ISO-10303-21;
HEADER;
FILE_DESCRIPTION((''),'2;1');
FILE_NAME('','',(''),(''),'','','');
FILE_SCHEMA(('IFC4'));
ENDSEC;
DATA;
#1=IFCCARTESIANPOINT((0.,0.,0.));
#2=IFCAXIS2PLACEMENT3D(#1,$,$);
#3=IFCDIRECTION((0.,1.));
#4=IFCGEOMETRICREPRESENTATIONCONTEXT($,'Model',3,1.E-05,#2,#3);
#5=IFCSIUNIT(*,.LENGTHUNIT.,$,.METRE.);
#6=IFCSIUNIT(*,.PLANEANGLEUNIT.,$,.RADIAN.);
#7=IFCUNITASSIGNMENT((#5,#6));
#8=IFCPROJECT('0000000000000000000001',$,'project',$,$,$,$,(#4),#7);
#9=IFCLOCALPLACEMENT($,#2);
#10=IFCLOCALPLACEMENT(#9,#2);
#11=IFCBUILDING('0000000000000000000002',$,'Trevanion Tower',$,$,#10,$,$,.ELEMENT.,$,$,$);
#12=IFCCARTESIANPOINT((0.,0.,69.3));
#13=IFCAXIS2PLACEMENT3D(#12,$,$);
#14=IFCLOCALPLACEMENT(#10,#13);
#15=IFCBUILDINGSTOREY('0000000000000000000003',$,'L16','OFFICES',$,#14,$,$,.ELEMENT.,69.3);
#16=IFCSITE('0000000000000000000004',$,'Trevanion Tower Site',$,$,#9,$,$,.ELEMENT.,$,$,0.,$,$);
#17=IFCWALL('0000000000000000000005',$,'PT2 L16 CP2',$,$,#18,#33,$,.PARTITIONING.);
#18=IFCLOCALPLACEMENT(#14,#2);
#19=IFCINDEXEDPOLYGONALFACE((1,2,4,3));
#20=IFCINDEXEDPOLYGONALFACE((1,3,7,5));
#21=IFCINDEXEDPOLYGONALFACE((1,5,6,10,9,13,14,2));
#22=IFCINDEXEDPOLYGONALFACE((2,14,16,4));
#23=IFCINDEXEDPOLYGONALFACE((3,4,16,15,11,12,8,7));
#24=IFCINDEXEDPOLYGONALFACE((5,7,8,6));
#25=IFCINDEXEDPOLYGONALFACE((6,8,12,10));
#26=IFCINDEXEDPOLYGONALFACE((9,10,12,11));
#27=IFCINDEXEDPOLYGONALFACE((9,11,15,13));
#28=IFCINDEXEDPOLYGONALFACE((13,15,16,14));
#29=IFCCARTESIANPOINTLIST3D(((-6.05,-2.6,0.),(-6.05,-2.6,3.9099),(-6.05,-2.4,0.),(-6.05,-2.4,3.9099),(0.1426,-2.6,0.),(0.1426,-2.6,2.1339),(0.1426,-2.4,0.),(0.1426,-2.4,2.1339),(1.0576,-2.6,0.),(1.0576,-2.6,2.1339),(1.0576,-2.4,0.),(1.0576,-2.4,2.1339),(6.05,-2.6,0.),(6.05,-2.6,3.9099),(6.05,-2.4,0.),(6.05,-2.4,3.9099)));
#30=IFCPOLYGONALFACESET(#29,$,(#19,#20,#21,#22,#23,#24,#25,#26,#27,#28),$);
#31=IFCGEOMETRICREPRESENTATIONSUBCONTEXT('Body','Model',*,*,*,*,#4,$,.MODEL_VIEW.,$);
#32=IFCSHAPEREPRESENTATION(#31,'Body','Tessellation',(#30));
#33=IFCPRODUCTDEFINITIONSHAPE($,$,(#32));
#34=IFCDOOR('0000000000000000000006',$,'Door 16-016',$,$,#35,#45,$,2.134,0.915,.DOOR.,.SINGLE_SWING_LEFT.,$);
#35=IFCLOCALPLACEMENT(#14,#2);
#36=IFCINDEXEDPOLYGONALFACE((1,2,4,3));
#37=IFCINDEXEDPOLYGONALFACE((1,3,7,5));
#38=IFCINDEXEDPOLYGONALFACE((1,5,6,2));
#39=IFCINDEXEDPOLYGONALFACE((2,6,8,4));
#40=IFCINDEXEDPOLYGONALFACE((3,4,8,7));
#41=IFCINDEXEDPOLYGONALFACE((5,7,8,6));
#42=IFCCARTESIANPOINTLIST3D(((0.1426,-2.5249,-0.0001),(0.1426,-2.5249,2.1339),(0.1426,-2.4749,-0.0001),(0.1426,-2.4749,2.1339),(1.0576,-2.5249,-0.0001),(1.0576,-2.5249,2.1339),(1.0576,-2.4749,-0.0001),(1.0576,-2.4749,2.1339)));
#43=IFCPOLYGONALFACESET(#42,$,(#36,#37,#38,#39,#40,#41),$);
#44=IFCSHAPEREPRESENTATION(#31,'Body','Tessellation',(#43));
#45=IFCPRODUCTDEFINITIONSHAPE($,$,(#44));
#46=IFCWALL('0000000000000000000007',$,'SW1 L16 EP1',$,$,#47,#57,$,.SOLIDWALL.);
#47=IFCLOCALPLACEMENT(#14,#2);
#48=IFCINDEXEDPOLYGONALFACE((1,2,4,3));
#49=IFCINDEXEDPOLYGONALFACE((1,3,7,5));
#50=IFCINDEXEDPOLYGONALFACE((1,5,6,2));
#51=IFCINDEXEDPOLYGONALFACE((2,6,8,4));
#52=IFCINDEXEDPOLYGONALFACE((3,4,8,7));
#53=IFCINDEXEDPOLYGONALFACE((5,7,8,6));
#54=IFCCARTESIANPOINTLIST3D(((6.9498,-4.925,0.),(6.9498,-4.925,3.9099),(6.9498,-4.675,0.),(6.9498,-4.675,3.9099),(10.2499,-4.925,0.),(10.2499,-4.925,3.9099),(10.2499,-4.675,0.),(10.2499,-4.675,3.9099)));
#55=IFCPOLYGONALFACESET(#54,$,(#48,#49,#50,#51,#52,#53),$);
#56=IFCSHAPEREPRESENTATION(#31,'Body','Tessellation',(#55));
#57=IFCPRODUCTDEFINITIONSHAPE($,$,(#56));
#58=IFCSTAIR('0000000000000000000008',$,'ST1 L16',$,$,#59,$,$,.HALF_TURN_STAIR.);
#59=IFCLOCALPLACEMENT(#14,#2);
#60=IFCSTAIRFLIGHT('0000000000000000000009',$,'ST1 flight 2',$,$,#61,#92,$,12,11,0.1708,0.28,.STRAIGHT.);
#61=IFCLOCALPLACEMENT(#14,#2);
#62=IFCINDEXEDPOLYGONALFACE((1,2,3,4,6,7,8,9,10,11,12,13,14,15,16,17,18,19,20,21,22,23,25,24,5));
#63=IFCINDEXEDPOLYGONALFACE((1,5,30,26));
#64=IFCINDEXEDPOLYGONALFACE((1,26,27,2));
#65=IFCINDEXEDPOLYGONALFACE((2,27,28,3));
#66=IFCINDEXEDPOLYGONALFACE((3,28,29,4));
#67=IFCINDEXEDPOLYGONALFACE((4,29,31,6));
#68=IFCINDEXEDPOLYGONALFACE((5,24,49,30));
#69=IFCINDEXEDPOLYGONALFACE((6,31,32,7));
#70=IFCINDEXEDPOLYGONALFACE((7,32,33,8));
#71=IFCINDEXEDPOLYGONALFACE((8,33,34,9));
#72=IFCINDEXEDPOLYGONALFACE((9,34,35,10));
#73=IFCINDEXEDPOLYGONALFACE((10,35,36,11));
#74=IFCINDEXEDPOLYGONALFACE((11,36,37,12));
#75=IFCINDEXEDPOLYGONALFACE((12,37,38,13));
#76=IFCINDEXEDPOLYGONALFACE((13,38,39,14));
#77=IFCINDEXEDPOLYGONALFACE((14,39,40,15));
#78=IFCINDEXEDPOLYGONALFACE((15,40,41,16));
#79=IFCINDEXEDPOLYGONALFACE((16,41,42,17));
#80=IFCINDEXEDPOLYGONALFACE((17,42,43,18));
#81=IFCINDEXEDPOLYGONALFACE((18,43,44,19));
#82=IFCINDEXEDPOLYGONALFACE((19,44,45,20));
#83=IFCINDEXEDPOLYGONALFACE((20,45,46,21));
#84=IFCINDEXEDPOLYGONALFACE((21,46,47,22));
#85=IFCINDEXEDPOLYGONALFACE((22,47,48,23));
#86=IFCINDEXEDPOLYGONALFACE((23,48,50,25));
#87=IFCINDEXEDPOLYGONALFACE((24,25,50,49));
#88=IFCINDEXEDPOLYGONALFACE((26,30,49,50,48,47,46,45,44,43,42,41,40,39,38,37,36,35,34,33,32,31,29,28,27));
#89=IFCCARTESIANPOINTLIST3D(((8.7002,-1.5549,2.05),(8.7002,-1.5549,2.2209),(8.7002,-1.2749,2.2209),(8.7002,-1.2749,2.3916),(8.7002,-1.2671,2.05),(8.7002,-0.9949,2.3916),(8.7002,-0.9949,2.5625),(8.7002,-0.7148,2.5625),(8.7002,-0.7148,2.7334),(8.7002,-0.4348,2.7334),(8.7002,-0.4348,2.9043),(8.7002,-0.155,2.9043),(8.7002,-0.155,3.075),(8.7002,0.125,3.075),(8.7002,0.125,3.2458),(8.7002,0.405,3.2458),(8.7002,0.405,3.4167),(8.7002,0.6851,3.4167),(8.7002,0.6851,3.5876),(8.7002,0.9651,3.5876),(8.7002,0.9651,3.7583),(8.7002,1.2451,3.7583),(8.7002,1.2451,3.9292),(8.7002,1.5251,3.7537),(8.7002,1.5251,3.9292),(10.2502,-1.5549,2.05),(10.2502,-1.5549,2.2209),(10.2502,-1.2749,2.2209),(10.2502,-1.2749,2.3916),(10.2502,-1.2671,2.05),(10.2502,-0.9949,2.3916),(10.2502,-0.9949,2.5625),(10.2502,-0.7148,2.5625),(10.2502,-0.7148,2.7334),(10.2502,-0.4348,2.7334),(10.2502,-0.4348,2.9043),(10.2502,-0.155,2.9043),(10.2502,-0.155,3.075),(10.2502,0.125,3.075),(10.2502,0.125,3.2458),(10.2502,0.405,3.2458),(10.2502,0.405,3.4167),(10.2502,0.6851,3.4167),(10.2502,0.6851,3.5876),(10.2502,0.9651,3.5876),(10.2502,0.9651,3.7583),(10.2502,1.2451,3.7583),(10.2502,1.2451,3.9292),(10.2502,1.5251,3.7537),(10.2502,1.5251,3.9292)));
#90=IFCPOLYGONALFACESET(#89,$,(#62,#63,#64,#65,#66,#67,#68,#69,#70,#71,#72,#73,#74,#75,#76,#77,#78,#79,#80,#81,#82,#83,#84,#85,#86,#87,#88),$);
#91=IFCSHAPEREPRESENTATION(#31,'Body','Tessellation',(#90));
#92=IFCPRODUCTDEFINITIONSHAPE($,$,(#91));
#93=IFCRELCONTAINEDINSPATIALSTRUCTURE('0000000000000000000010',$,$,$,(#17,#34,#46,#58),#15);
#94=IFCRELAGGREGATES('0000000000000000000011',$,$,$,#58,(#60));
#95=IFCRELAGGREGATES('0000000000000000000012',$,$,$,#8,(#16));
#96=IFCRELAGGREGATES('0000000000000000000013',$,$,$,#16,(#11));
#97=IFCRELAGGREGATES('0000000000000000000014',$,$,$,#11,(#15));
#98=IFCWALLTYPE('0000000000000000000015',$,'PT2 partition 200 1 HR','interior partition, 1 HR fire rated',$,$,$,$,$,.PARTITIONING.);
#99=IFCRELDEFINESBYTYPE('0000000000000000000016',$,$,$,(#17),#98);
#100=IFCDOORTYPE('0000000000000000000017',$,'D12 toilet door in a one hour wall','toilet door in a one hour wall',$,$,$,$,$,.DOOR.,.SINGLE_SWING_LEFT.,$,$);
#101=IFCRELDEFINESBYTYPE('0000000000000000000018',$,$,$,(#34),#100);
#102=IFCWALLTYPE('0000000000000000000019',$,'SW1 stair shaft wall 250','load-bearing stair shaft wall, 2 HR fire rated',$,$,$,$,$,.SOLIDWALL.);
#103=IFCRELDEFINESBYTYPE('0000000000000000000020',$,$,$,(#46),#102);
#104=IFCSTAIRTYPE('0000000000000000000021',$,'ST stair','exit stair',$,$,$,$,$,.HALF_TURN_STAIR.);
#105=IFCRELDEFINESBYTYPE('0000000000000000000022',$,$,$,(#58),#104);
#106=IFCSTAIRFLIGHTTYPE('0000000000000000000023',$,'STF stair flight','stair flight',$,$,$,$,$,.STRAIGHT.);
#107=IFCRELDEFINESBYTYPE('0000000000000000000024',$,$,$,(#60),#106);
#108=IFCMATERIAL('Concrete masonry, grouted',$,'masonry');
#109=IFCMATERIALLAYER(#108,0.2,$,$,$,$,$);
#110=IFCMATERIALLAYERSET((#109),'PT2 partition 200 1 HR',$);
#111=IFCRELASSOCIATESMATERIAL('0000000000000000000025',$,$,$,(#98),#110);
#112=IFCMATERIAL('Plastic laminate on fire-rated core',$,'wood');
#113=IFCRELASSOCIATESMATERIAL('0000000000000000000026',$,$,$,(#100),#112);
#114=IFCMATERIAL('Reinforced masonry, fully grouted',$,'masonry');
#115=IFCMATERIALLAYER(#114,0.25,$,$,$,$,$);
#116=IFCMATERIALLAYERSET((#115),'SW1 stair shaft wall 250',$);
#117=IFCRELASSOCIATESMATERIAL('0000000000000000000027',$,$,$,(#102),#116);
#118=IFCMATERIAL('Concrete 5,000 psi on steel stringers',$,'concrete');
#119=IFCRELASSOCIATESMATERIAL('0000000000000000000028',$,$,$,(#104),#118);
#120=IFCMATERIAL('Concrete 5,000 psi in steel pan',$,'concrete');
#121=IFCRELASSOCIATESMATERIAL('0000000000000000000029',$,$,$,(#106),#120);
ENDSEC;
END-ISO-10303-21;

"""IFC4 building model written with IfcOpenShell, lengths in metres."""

from ifc_helpers import new_model, si_unit, direction, frame, frame_2d, origin, place, context, subcontext, project, spatial, polyline, rectangle, outline, extrude, material, layer, layer_set, type_object, element, fill, aggregate, save


model = new_model("IFC4")

# Units and contexts
model_context = context("Model", 3, precision=1e-05, world=origin(), true_north=direction((0.0, 1.0)))
body_context = subcontext(model_context, "Body", "Model", "MODEL_VIEW")
ifc_project = project(units=[si_unit("LENGTHUNIT", "METRE"), si_unit("PLANEANGLEUNIT", "RADIAN")], contexts=[model_context])

# Site, building, storey
site_placement = place(None, origin())
site = spatial("IfcSite", under=ifc_project, at=site_placement, Name="Trevanion Tower Site", CompositionType="ELEMENT", RefElevation=0.0)
building_placement = place(site_placement, origin())
building = spatial("IfcBuilding", under=site, at=building_placement, Name="Trevanion Tower", CompositionType="ELEMENT")
storey_placement = place(building_placement, frame((0.0, 0.0, 69.3)))
storey = spatial("IfcBuildingStorey", under=building, at=storey_placement, Name="L16", Description="OFFICES", CompositionType="ELEMENT", Elevation=69.3)

# Wall, opening, door
ifc_material_1 = material(Name="Concrete masonry, grouted", Category="masonry")
ifc_layer_1 = layer(ifc_material_1, 0.2)
ifc_layer_set_1 = layer_set([ifc_layer_1], Name="PT2 partition 200 1 HR")
wall_type_1 = type_object("IfcWallType", Name="PT2 partition 200 1 HR", Description="interior partition, 1 HR fire rated", PredefinedType="PARTITIONING", material=ifc_layer_set_1)
wall_1_placement = place(storey_placement, frame((6.05, -2.5, 0.0), z_axis=(0.0, 0.0, 1.0), x_axis=(-1.0, 0.0, 0.0)))
wall_1 = element("IfcWall", 1, at=wall_1_placement, inside=storey, type_object=wall_type_1, Name="PT2 L16 CP2", PredefinedType="PARTITIONING", context=body_context, shape_type="SweptSolid", body=[
    extrude(rectangle(XDim=12.1001, YDim=0.2, at=frame_2d((6.05, 0.0))), origin(), (0.0, 0.0, 1.0), 3.9099),
])
opening_1_placement = place(wall_1_placement, frame((4.9924, 0.0, 0.0)))
opening_1 = element("IfcOpeningElement", 2, at=opening_1_placement, cuts=wall_1, PredefinedType="OPENING", context=body_context, shape_type="SweptSolid", body=[
    extrude(rectangle(XDim=0.915, YDim=2.134, at=frame_2d((0.4575, 1.0669))), frame((0.0, 0.1099, 0.0), z_axis=(0.0, -1.0, 0.0), x_axis=(1.0, 0.0, 0.0)), (0.0, 0.0, 1.0), 0.22),
])
ifc_material_2 = material(Name="Plastic laminate on fire-rated core", Category="wood")
door_type_1 = type_object("IfcDoorType", Name="D12 toilet door in a one hour wall", Description="toilet door in a one hour wall", OperationType="SINGLE_SWING_LEFT", PredefinedType="DOOR", material=ifc_material_2)
door_1_placement = place(opening_1_placement, origin())
door_1 = element("IfcDoor", 3, at=door_1_placement, inside=storey, type_object=door_type_1, Name="Door 16-016", OperationType="SINGLE_SWING_LEFT", OverallHeight=2.134, OverallWidth=0.915, PredefinedType="DOOR", context=body_context, shape_type="SweptSolid", body=[
    extrude(rectangle(XDim=0.915, YDim=2.134, at=frame_2d((0.4575, 1.0669))), frame((0.0, 0.0249, 0.0), z_axis=(0.0, -1.0, 0.0), x_axis=(1.0, 0.0, 0.0)), (0.0, 0.0, 1.0), 0.05),
])
fill(opening_1, door_1)

# Wall
ifc_material_3 = material(Name="Reinforced masonry, fully grouted", Category="masonry")
ifc_layer_2 = layer(ifc_material_3, 0.25)
ifc_layer_set_2 = layer_set([ifc_layer_2], Name="SW1 stair shaft wall 250")
wall_type_2 = type_object("IfcWallType", Name="SW1 stair shaft wall 250", Description="load-bearing stair shaft wall, 2 HR fire rated", PredefinedType="SOLIDWALL", material=ifc_layer_set_2)
wall_2_placement = place(storey_placement, frame((6.95, -4.8, 0.0), z_axis=(0.0, 0.0, 1.0), x_axis=(1.0, 0.0, 0.0)))
element("IfcWall", 4, at=wall_2_placement, inside=storey, type_object=wall_type_2, Name="SW1 L16 EP1", PredefinedType="SOLIDWALL", context=body_context, shape_type="SweptSolid", body=[
    extrude(rectangle(XDim=3.3, YDim=0.25, at=frame_2d((1.6499, 0.0))), origin(), (0.0, 0.0, 1.0), 3.9099),
])

# Stair, stair flight
ifc_material_4 = material(Name="Concrete 5,000 psi on steel stringers", Category="concrete")
stair_type = type_object("IfcStairType", Name="ST stair", Description="exit stair", PredefinedType="HALF_TURN_STAIR", material=ifc_material_4)
stair_placement = place(storey_placement, origin())
stair = element("IfcStair", 5, at=stair_placement, inside=storey, type_object=stair_type, Name="ST1 L16", PredefinedType="HALF_TURN_STAIR")
ifc_material_5 = material(Name="Concrete 5,000 psi in steel pan", Category="concrete")
stair_flight_type = type_object("IfcStairFlightType", Name="STF stair flight", Description="stair flight", PredefinedType="STRAIGHT", material=ifc_material_5)
stair_flight_placement = place(storey_placement, frame((9.4751, -1.5549, 2.05), z_axis=(0.0, 0.0, 1.0), x_axis=(0.0, 1.0, 0.0)))
stair_flight = element("IfcStairFlight", 6, at=stair_flight_placement, type_object=stair_flight_type, Name="ST1 flight 2", NumberOfRisers=12, NumberOfTreads=11, PredefinedType="STRAIGHT", RiserHeight=0.1708, TreadLength=0.28, context=body_context, shape_type="SweptSolid", body=[
    extrude(outline(polyline([(0.0, 0.0), (0.0, 0.1709), (0.28, 0.1709), (0.28, 0.3416), (0.5601, 0.3416), (0.5601, 0.5125), (0.8401, 0.5125), (0.8401, 0.6833), (1.1201, 0.6833), (1.1201, 0.8542), (1.3999, 0.8542), (1.3999, 1.0249), (1.6799, 1.0249), (1.6799, 1.1958), (1.96, 1.1958), (1.96, 1.3667), (2.24, 1.3667), (2.24, 1.5376), (2.52, 1.5376), (2.52, 1.7083), (2.8, 1.7083), (2.8, 1.8792), (3.0801, 1.8792), (3.0801, 2.05), (3.0801, 1.7036), (0.2878, 0.0), (0.0, 0.0)])), frame((0.0, 0.7749, 0.0), z_axis=(0.0, -1.0, 0.0), x_axis=(1.0, 0.0, 0.0)), (0.0, 0.0, 1.0), 1.55),
])
aggregate(stair, [stair_flight])

save(model, "model.ifc")
